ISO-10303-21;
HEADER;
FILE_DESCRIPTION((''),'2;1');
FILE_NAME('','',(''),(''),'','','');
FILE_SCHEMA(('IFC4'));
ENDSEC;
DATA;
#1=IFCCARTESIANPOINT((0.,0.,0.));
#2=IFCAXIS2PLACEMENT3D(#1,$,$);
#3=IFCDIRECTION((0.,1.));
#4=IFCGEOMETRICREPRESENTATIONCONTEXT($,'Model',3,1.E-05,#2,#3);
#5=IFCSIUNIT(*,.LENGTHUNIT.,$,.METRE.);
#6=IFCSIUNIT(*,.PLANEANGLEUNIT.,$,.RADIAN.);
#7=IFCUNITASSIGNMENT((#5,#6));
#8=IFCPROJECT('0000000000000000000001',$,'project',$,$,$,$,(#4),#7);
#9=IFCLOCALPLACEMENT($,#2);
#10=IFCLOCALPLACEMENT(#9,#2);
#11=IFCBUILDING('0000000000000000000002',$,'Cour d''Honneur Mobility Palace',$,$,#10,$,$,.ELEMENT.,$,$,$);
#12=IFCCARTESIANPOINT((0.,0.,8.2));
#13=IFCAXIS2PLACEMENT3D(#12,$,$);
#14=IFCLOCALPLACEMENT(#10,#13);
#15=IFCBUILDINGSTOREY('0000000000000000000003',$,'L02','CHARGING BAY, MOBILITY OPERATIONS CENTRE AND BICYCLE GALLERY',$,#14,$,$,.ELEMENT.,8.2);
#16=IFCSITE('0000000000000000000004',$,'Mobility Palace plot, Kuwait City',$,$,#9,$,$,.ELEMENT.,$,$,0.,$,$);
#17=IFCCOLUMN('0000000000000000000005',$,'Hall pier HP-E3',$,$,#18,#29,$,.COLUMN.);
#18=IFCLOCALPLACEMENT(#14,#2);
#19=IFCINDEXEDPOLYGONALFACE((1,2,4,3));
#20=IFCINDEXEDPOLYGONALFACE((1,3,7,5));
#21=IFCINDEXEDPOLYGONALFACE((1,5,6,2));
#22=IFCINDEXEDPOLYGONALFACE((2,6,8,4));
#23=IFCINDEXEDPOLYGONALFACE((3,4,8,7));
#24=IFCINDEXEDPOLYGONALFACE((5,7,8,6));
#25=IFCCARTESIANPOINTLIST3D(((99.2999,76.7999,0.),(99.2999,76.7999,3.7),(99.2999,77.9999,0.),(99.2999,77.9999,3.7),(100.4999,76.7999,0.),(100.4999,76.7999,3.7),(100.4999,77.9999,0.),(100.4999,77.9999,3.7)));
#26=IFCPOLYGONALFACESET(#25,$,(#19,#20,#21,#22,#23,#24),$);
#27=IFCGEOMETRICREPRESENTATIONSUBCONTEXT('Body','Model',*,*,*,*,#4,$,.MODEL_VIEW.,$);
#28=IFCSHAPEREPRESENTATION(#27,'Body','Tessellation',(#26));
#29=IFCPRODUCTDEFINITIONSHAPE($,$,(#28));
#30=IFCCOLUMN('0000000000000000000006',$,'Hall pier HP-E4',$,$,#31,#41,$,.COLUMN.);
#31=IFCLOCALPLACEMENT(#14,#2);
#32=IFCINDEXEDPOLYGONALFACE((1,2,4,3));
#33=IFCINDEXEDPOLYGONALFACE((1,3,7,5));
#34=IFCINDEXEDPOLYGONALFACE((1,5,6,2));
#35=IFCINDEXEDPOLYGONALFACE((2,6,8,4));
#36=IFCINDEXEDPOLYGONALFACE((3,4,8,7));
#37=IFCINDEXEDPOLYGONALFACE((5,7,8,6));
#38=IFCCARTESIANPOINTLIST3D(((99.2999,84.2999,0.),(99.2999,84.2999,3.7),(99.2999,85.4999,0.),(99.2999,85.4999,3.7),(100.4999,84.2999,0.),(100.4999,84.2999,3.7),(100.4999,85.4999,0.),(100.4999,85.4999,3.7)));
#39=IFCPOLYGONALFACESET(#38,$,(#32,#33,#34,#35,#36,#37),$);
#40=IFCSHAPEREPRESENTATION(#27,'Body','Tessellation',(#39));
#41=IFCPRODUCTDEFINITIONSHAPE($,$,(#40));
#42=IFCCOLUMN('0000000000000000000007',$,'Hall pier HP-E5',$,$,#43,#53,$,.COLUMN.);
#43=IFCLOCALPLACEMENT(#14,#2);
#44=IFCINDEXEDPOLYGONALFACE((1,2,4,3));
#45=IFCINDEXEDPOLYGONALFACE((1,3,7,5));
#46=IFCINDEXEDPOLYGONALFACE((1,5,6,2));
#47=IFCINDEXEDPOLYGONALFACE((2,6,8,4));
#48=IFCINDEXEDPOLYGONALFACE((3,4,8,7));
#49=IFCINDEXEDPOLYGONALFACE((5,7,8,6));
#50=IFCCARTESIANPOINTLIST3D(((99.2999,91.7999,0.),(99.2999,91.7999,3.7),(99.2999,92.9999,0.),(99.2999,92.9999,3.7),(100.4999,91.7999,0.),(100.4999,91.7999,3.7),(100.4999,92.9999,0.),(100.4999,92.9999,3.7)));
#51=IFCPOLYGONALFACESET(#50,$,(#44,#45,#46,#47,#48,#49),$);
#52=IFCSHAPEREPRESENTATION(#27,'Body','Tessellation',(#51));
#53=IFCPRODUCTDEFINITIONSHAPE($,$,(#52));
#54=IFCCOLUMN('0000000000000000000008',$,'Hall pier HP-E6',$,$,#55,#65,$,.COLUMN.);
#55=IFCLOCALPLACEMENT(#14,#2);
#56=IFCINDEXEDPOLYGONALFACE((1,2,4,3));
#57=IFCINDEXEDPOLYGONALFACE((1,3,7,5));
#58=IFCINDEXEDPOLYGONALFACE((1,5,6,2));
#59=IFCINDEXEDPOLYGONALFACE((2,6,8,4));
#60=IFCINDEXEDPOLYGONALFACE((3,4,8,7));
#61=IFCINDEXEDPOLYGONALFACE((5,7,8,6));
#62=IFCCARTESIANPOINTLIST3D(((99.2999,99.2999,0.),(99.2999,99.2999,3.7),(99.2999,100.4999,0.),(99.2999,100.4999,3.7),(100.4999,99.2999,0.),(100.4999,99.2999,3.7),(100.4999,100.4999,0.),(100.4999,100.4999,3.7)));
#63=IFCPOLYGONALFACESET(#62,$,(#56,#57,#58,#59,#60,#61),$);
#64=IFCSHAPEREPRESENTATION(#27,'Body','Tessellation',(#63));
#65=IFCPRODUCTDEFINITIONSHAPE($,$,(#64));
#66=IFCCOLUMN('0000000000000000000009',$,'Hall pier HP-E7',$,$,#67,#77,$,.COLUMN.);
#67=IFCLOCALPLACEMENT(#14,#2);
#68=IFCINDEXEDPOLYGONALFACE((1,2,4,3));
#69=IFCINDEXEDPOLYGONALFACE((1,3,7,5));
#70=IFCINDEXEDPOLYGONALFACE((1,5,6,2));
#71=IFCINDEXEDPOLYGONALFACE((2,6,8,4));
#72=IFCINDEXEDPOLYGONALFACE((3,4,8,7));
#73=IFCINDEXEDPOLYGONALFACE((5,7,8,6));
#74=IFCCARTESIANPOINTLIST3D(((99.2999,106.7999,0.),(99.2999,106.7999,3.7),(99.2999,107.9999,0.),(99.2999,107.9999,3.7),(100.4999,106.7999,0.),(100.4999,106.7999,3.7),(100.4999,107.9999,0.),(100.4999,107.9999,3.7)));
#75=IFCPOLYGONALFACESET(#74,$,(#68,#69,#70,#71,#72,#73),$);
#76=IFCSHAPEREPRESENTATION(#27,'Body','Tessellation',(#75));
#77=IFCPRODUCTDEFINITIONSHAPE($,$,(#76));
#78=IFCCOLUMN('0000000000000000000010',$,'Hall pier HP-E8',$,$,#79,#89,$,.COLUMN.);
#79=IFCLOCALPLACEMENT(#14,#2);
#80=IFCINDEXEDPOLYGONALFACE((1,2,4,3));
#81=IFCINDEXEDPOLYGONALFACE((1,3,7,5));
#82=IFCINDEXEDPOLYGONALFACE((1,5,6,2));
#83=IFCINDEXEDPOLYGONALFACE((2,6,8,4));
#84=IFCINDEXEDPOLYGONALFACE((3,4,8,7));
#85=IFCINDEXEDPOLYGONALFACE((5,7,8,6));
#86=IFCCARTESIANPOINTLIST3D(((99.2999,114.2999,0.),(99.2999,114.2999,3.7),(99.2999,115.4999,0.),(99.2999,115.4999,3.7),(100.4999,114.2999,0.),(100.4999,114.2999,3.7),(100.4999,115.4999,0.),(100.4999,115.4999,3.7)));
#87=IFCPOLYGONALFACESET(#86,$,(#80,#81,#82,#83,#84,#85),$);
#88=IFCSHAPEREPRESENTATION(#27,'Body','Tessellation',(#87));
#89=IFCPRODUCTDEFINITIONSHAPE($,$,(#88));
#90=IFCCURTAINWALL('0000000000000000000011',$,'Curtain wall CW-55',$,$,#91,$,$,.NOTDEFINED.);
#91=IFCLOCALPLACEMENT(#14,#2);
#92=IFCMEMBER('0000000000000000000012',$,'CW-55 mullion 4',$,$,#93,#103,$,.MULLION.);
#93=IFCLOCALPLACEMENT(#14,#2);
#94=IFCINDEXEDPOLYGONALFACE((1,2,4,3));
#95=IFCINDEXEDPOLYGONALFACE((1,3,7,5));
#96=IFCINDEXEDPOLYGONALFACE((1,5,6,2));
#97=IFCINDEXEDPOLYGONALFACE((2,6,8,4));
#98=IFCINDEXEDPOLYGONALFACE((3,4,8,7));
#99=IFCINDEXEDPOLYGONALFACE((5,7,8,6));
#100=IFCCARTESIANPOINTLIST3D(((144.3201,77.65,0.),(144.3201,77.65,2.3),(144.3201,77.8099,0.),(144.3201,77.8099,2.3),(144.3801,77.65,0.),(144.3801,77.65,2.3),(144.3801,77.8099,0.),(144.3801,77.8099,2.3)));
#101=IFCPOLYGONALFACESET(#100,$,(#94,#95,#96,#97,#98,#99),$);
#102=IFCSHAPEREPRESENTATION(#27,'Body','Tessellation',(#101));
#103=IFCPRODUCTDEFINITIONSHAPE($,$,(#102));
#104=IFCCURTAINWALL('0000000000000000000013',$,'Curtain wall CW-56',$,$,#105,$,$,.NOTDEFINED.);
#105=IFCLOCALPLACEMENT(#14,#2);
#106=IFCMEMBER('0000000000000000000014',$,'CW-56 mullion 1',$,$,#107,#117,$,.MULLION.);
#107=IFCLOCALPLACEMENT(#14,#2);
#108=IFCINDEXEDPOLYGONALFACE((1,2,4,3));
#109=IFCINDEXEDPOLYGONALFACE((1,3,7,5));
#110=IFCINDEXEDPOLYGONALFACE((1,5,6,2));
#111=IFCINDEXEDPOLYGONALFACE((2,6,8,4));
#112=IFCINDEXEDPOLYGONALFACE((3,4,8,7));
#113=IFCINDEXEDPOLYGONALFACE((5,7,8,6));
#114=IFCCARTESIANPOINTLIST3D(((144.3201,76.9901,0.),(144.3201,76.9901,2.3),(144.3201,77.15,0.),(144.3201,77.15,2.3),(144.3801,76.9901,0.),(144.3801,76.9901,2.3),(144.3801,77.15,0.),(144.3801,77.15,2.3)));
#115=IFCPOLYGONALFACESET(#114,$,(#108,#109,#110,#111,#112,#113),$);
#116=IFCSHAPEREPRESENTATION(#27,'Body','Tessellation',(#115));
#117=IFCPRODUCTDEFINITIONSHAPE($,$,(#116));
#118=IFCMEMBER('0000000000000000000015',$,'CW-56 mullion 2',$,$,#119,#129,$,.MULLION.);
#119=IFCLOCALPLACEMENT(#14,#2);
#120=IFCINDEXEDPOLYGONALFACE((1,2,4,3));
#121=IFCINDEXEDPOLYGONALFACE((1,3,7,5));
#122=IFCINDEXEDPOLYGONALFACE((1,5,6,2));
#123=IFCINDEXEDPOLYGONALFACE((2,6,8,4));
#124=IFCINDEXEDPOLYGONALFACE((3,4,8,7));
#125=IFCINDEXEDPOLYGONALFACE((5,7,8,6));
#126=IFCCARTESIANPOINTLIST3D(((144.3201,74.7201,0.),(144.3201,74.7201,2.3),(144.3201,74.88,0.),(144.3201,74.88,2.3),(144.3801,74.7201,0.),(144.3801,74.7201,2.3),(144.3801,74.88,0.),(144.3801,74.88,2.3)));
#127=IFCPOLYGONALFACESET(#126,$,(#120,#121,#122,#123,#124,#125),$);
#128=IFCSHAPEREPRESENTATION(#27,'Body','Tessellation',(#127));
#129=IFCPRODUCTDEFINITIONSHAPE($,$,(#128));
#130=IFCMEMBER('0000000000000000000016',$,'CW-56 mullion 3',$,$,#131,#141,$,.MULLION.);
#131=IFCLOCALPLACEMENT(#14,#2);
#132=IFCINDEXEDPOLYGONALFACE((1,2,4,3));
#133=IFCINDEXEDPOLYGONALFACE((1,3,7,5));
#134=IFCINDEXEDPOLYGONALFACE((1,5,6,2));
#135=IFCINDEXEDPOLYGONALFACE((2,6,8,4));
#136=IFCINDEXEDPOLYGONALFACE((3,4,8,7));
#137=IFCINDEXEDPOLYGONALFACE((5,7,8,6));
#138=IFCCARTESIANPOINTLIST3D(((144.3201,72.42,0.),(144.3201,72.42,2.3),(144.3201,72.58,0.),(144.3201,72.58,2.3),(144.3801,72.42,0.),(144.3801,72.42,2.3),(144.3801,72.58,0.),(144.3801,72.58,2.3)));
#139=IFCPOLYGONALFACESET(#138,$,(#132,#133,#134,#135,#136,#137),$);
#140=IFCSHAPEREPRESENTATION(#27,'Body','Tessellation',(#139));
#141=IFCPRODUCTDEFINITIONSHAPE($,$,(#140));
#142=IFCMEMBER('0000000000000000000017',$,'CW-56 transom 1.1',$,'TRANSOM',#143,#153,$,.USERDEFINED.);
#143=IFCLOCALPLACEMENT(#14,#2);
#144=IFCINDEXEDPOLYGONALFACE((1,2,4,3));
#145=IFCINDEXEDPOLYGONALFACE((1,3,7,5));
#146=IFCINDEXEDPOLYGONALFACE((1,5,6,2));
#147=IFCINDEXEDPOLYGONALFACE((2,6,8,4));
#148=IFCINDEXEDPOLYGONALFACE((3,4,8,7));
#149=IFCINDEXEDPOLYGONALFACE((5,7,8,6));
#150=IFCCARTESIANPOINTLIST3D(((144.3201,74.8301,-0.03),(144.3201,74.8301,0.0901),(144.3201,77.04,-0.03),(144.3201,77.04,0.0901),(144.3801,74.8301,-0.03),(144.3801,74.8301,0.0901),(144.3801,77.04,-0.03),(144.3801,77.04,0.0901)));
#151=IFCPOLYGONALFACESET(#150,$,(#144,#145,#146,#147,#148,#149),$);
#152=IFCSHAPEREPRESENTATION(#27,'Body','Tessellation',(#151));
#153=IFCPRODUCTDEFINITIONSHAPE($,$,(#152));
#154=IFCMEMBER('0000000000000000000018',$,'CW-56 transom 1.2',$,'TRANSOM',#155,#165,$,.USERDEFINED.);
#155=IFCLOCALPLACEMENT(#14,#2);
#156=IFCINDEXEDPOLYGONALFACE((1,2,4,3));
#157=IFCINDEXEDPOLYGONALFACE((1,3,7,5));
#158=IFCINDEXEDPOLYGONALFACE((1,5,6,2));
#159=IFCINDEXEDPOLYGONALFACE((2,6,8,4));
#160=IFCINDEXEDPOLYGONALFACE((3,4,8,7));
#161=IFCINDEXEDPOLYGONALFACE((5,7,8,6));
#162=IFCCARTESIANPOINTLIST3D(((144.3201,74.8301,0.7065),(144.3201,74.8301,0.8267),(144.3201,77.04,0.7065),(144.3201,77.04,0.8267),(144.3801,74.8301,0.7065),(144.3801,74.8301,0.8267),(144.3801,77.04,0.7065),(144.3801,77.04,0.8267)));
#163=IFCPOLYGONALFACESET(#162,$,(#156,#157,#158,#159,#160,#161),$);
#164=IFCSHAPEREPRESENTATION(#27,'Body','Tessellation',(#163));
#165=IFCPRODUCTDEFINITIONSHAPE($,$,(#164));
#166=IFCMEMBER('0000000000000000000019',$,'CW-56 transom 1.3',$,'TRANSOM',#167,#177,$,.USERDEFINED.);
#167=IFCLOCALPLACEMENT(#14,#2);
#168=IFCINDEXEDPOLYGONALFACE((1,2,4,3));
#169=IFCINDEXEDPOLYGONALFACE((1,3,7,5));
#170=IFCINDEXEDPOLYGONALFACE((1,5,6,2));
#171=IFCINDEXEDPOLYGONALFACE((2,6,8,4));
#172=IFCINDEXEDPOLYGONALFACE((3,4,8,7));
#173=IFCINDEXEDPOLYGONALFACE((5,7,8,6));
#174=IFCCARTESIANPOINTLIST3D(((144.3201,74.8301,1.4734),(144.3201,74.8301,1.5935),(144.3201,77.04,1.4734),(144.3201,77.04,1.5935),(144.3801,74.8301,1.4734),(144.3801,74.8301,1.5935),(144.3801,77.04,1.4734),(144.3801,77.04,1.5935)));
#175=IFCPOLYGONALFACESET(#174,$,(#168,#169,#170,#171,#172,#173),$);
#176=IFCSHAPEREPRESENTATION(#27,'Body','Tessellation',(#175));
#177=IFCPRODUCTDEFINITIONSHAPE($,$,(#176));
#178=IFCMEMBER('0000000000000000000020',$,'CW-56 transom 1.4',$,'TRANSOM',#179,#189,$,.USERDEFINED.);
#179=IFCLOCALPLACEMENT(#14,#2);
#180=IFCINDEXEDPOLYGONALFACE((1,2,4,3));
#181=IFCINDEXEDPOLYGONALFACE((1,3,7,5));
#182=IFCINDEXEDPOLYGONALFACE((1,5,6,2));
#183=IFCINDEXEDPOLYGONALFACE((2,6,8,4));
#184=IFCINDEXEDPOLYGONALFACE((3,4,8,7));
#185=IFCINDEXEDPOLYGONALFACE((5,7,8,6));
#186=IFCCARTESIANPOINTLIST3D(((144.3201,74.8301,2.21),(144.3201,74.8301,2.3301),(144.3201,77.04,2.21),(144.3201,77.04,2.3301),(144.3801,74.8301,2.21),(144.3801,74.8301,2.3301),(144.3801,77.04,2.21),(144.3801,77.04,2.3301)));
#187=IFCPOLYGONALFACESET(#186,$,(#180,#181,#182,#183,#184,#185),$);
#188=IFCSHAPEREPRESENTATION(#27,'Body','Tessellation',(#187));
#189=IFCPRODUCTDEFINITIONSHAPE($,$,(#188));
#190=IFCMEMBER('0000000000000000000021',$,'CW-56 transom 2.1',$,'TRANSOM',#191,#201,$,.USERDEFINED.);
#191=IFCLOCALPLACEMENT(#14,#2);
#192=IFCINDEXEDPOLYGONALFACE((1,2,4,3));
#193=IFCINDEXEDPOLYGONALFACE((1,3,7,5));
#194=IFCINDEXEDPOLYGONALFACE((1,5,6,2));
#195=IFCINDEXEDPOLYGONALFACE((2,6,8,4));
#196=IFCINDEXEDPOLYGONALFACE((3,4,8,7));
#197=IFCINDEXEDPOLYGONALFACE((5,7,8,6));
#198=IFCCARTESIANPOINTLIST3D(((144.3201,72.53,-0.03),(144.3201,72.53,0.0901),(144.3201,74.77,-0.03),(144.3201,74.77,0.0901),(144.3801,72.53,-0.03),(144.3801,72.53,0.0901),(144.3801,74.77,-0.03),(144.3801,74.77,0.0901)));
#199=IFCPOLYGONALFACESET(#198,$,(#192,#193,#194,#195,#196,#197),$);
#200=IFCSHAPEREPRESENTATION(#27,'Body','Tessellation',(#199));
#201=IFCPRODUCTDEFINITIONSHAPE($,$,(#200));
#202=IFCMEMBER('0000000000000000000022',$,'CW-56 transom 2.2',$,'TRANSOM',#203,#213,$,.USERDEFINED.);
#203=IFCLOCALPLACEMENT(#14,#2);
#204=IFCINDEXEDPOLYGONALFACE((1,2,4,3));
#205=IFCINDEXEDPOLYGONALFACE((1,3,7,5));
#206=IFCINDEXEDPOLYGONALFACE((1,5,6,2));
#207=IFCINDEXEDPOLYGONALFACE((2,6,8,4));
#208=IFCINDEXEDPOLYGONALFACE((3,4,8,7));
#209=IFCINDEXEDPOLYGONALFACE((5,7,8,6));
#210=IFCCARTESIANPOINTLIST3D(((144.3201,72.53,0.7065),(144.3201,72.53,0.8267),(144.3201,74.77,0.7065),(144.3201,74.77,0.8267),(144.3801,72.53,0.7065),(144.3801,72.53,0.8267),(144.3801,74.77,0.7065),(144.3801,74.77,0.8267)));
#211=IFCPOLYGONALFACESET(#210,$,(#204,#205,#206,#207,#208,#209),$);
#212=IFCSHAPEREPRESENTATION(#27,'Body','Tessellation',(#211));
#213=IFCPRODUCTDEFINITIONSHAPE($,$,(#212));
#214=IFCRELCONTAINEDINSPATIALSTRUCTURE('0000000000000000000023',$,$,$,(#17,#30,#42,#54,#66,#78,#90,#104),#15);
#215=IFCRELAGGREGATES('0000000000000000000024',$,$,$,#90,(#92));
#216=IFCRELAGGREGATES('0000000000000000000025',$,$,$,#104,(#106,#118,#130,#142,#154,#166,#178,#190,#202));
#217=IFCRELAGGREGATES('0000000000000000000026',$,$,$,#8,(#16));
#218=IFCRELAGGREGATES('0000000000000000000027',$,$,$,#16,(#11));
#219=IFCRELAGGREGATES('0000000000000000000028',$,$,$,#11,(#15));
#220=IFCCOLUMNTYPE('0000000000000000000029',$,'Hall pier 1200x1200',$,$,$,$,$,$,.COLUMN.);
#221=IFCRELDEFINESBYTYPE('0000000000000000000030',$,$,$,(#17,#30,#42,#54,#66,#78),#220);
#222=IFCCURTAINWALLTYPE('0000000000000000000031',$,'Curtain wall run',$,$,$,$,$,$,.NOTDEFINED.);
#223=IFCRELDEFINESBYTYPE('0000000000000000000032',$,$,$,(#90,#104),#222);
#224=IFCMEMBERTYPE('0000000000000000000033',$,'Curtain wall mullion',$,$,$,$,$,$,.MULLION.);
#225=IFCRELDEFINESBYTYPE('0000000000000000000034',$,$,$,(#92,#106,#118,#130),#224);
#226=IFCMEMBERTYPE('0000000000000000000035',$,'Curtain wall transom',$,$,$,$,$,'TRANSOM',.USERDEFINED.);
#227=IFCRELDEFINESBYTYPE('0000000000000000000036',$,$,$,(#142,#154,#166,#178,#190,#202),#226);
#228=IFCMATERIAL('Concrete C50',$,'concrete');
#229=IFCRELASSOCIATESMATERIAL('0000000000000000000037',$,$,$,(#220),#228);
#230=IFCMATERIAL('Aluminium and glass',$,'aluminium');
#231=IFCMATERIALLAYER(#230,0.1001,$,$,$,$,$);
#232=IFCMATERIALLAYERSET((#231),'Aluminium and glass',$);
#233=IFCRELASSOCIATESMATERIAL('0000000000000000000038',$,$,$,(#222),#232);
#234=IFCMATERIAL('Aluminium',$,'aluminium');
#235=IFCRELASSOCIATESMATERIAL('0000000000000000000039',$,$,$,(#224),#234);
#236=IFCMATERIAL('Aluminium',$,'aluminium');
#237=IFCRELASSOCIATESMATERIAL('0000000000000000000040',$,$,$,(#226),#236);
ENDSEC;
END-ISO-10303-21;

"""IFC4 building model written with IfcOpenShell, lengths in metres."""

from ifc_helpers import new_model, si_unit, direction, frame, origin, origin_2d, place, context, subcontext, project, spatial, rectangle, extrude, material, layer, layer_set, material_profile, profile_set, type_object, element, aggregate, save


model = new_model("IFC4")

# Units and contexts
model_context = context("Model", 3, precision=1e-05, world=origin(), true_north=direction((0.0, 1.0)))
body_context = subcontext(model_context, "Body", "Model", "MODEL_VIEW")
ifc_project = project(units=[si_unit("LENGTHUNIT", "METRE"), si_unit("PLANEANGLEUNIT", "RADIAN")], contexts=[model_context])

# Site, building, storey
site_placement = place(None, origin())
site = spatial("IfcSite", under=ifc_project, at=site_placement, Name="Mobility Palace plot, Kuwait City", CompositionType="ELEMENT", RefElevation=0.0)
building_placement = place(site_placement, origin())
building = spatial("IfcBuilding", under=site, at=building_placement, Name="Cour d'Honneur Mobility Palace", CompositionType="ELEMENT")
storey_placement = place(building_placement, frame((0.0, 0.0, 8.2)))
storey = spatial("IfcBuildingStorey", under=building, at=storey_placement, Name="L02", Description="CHARGING BAY, MOBILITY OPERATIONS CENTRE AND BICYCLE GALLERY", CompositionType="ELEMENT", Elevation=8.2)

# Columns
ifc_material_1 = material(Name="Concrete C50", Category="concrete")
ifc_material_profile_1 = material_profile(ifc_material_1, rectangle(XDim=1.2, YDim=1.2, at=origin_2d()), Name="Hall pier 1200x1200")
ifc_profile_set_1 = profile_set([ifc_material_profile_1], Name="Concrete C50")
column_type = type_object("IfcColumnType", Name="Hall pier 1200x1200", PredefinedType="COLUMN", material=ifc_profile_set_1)
for number, where, z_axis, x_axis, name in (
    (1, (99.8999, 77.3999, 0.0), (0.0, 0.0, 1.0), (1.0, 0.0, 0.0), "Hall pier HP-E3"),
    (2, (99.8999, 84.8999, 0.0), (0.0, 0.0, 1.0), (1.0, 0.0, 0.0), "Hall pier HP-E4"),
    (3, (99.8999, 92.3999, 0.0), (0.0, 0.0, 1.0), (1.0, 0.0, 0.0), "Hall pier HP-E5"),
    (4, (99.8999, 99.8999, 0.0), (0.0, 0.0, 1.0), (1.0, 0.0, 0.0), "Hall pier HP-E6"),
    (5, (99.8999, 107.3999, 0.0), (0.0, 0.0, 1.0), (1.0, 0.0, 0.0), "Hall pier HP-E7"),
    (6, (99.8999, 114.8999, 0.0), (0.0, 0.0, 1.0), (1.0, 0.0, 0.0), "Hall pier HP-E8"),
):
    element("IfcColumn", number, at=place(storey_placement, frame(where, z_axis=z_axis, x_axis=x_axis)), inside=storey, type_object=column_type, Name=name, PredefinedType="COLUMN", context=body_context, shape_type="SweptSolid", body=[
        extrude(rectangle(XDim=1.2, YDim=1.2, at=origin_2d()), origin(), (0.0, 0.0, 1.0), 3.7),
    ])

# Curtain wall, member
ifc_material_2 = material(Name="Aluminium and glass", Category="aluminium")
ifc_layer_1 = layer(ifc_material_2, 0.1001)
ifc_layer_set_1 = layer_set([ifc_layer_1], Name="Aluminium and glass")
curtain_wall_type = type_object("IfcCurtainWallType", Name="Curtain wall run", PredefinedType="NOTDEFINED", material=ifc_layer_set_1)
curtain_wall_1_placement = place(storey_placement, origin())
curtain_wall_1 = element("IfcCurtainWall", 7, at=curtain_wall_1_placement, inside=storey, type_object=curtain_wall_type, Name="Curtain wall CW-55", PredefinedType="NOTDEFINED")
ifc_material_3 = material(Name="Aluminium", Category="aluminium")
ifc_material_profile_2 = material_profile(ifc_material_3, rectangle(XDim=0.0601, YDim=0.1599, at=origin_2d()), Name="Curtain wall mullion")
ifc_profile_set_2 = profile_set([ifc_material_profile_2], Name="Aluminium")
member_type_1 = type_object("IfcMemberType", Name="Curtain wall mullion", PredefinedType="MULLION", material=ifc_profile_set_2)
member_1_placement = place(storey_placement, frame((144.3501, 77.73, 0.0), z_axis=(0.0, 0.0, 1.0), x_axis=(1.0, 0.0, 0.0)))
member_1 = element("IfcMember", 8, at=member_1_placement, type_object=member_type_1, Name="CW-55 mullion 4", PredefinedType="MULLION", context=body_context, shape_type="SweptSolid", body=[
    extrude(rectangle(XDim=0.0601, YDim=0.1599, at=origin_2d()), origin(), (0.0, 0.0, 1.0), 2.3),
])

# Curtain wall, members
curtain_wall_2_placement = place(storey_placement, origin())
curtain_wall_2 = element("IfcCurtainWall", 9, at=curtain_wall_2_placement, inside=storey, type_object=curtain_wall_type, Name="Curtain wall CW-56", PredefinedType="NOTDEFINED")
member_2_placement = place(storey_placement, frame((144.3501, 77.0701, 0.0), z_axis=(0.0, 0.0, 1.0), x_axis=(1.0, 0.0, 0.0)))
member_2 = element("IfcMember", 10, at=member_2_placement, type_object=member_type_1, Name="CW-56 mullion 1", PredefinedType="MULLION", context=body_context, shape_type="SweptSolid", body=[
    extrude(rectangle(XDim=0.0601, YDim=0.1599, at=origin_2d()), origin(), (0.0, 0.0, 1.0), 2.3),
])
member_3_placement = place(storey_placement, frame((144.3501, 74.8, 0.0), z_axis=(0.0, 0.0, 1.0), x_axis=(1.0, 0.0, 0.0)))
member_3 = element("IfcMember", 11, at=member_3_placement, type_object=member_type_1, Name="CW-56 mullion 2", PredefinedType="MULLION", context=body_context, shape_type="SweptSolid", body=[
    extrude(rectangle(XDim=0.0601, YDim=0.1599, at=origin_2d()), origin(), (0.0, 0.0, 1.0), 2.3),
])
member_4_placement = place(storey_placement, frame((144.3501, 72.5, 0.0), z_axis=(0.0, 0.0, 1.0), x_axis=(1.0, 0.0, 0.0)))
member_4 = element("IfcMember", 12, at=member_4_placement, type_object=member_type_1, Name="CW-56 mullion 3", PredefinedType="MULLION", context=body_context, shape_type="SweptSolid", body=[
    extrude(rectangle(XDim=0.0601, YDim=0.1599, at=origin_2d()), origin(), (0.0, 0.0, 1.0), 2.3),
])
ifc_material_4 = material(Name="Aluminium", Category="aluminium")
ifc_material_profile_3 = material_profile(ifc_material_4, rectangle(XDim=0.0601, YDim=0.1201, at=origin_2d()), Name="Curtain wall transom")
ifc_profile_set_3 = profile_set([ifc_material_profile_3], Name="Aluminium")
member_type_2 = type_object("IfcMemberType", Name="Curtain wall transom", ElementType="TRANSOM", PredefinedType="USERDEFINED", material=ifc_profile_set_3)
member_5_placement = place(storey_placement, frame((144.3501, 77.04, 0.03), z_axis=(0.0, -1.0, 0.0), x_axis=(1.0, 0.0, 0.0)))
member_5 = element("IfcMember", 13, at=member_5_placement, type_object=member_type_2, Name="CW-56 transom 1.1", ObjectType="TRANSOM", PredefinedType="USERDEFINED", context=body_context, shape_type="SweptSolid", body=[
    extrude(rectangle(XDim=0.0601, YDim=0.1201, at=origin_2d()), origin(), (0.0, 0.0, 1.0), 2.21),
])
member_6_placement = place(storey_placement, frame((144.3501, 77.04, 0.7666), z_axis=(0.0, -1.0, 0.0), x_axis=(1.0, 0.0, 0.0)))
member_6 = element("IfcMember", 14, at=member_6_placement, type_object=member_type_2, Name="CW-56 transom 1.2", ObjectType="TRANSOM", PredefinedType="USERDEFINED", context=body_context, shape_type="SweptSolid", body=[
    extrude(rectangle(XDim=0.0601, YDim=0.1201, at=origin_2d()), origin(), (0.0, 0.0, 1.0), 2.21),
])
member_7_placement = place(storey_placement, frame((144.3501, 77.04, 1.5334), z_axis=(0.0, -1.0, 0.0), x_axis=(1.0, 0.0, 0.0)))
member_7 = element("IfcMember", 15, at=member_7_placement, type_object=member_type_2, Name="CW-56 transom 1.3", ObjectType="TRANSOM", PredefinedType="USERDEFINED", context=body_context, shape_type="SweptSolid", body=[
    extrude(rectangle(XDim=0.0601, YDim=0.1201, at=origin_2d()), origin(), (0.0, 0.0, 1.0), 2.21),
])
member_8_placement = place(storey_placement, frame((144.3501, 77.04, 2.27), z_axis=(0.0, -1.0, 0.0), x_axis=(1.0, 0.0, 0.0)))
member_8 = element("IfcMember", 16, at=member_8_placement, type_object=member_type_2, Name="CW-56 transom 1.4", ObjectType="TRANSOM", PredefinedType="USERDEFINED", context=body_context, shape_type="SweptSolid", body=[
    extrude(rectangle(XDim=0.0601, YDim=0.1201, at=origin_2d()), origin(), (0.0, 0.0, 1.0), 2.21),
])
member_9_placement = place(storey_placement, frame((144.3501, 74.77, 0.03), z_axis=(0.0, -1.0, 0.0), x_axis=(1.0, 0.0, 0.0)))
member_9 = element("IfcMember", 17, at=member_9_placement, type_object=member_type_2, Name="CW-56 transom 2.1", ObjectType="TRANSOM", PredefinedType="USERDEFINED", context=body_context, shape_type="SweptSolid", body=[
    extrude(rectangle(XDim=0.0601, YDim=0.1201, at=origin_2d()), origin(), (0.0, 0.0, 1.0), 2.24),
])
member_10_placement = place(storey_placement, frame((144.3501, 74.77, 0.7666), z_axis=(0.0, -1.0, 0.0), x_axis=(1.0, 0.0, 0.0)))
member_10 = element("IfcMember", 18, at=member_10_placement, type_object=member_type_2, Name="CW-56 transom 2.2", ObjectType="TRANSOM", PredefinedType="USERDEFINED", context=body_context, shape_type="SweptSolid", body=[
    extrude(rectangle(XDim=0.0601, YDim=0.1201, at=origin_2d()), origin(), (0.0, 0.0, 1.0), 2.24),
])

aggregate(curtain_wall_1, [member_1])
aggregate(curtain_wall_2, [member_2, member_3, member_4, member_5, member_6, member_7, member_8, member_9, member_10])

save(model, "model.ifc")
